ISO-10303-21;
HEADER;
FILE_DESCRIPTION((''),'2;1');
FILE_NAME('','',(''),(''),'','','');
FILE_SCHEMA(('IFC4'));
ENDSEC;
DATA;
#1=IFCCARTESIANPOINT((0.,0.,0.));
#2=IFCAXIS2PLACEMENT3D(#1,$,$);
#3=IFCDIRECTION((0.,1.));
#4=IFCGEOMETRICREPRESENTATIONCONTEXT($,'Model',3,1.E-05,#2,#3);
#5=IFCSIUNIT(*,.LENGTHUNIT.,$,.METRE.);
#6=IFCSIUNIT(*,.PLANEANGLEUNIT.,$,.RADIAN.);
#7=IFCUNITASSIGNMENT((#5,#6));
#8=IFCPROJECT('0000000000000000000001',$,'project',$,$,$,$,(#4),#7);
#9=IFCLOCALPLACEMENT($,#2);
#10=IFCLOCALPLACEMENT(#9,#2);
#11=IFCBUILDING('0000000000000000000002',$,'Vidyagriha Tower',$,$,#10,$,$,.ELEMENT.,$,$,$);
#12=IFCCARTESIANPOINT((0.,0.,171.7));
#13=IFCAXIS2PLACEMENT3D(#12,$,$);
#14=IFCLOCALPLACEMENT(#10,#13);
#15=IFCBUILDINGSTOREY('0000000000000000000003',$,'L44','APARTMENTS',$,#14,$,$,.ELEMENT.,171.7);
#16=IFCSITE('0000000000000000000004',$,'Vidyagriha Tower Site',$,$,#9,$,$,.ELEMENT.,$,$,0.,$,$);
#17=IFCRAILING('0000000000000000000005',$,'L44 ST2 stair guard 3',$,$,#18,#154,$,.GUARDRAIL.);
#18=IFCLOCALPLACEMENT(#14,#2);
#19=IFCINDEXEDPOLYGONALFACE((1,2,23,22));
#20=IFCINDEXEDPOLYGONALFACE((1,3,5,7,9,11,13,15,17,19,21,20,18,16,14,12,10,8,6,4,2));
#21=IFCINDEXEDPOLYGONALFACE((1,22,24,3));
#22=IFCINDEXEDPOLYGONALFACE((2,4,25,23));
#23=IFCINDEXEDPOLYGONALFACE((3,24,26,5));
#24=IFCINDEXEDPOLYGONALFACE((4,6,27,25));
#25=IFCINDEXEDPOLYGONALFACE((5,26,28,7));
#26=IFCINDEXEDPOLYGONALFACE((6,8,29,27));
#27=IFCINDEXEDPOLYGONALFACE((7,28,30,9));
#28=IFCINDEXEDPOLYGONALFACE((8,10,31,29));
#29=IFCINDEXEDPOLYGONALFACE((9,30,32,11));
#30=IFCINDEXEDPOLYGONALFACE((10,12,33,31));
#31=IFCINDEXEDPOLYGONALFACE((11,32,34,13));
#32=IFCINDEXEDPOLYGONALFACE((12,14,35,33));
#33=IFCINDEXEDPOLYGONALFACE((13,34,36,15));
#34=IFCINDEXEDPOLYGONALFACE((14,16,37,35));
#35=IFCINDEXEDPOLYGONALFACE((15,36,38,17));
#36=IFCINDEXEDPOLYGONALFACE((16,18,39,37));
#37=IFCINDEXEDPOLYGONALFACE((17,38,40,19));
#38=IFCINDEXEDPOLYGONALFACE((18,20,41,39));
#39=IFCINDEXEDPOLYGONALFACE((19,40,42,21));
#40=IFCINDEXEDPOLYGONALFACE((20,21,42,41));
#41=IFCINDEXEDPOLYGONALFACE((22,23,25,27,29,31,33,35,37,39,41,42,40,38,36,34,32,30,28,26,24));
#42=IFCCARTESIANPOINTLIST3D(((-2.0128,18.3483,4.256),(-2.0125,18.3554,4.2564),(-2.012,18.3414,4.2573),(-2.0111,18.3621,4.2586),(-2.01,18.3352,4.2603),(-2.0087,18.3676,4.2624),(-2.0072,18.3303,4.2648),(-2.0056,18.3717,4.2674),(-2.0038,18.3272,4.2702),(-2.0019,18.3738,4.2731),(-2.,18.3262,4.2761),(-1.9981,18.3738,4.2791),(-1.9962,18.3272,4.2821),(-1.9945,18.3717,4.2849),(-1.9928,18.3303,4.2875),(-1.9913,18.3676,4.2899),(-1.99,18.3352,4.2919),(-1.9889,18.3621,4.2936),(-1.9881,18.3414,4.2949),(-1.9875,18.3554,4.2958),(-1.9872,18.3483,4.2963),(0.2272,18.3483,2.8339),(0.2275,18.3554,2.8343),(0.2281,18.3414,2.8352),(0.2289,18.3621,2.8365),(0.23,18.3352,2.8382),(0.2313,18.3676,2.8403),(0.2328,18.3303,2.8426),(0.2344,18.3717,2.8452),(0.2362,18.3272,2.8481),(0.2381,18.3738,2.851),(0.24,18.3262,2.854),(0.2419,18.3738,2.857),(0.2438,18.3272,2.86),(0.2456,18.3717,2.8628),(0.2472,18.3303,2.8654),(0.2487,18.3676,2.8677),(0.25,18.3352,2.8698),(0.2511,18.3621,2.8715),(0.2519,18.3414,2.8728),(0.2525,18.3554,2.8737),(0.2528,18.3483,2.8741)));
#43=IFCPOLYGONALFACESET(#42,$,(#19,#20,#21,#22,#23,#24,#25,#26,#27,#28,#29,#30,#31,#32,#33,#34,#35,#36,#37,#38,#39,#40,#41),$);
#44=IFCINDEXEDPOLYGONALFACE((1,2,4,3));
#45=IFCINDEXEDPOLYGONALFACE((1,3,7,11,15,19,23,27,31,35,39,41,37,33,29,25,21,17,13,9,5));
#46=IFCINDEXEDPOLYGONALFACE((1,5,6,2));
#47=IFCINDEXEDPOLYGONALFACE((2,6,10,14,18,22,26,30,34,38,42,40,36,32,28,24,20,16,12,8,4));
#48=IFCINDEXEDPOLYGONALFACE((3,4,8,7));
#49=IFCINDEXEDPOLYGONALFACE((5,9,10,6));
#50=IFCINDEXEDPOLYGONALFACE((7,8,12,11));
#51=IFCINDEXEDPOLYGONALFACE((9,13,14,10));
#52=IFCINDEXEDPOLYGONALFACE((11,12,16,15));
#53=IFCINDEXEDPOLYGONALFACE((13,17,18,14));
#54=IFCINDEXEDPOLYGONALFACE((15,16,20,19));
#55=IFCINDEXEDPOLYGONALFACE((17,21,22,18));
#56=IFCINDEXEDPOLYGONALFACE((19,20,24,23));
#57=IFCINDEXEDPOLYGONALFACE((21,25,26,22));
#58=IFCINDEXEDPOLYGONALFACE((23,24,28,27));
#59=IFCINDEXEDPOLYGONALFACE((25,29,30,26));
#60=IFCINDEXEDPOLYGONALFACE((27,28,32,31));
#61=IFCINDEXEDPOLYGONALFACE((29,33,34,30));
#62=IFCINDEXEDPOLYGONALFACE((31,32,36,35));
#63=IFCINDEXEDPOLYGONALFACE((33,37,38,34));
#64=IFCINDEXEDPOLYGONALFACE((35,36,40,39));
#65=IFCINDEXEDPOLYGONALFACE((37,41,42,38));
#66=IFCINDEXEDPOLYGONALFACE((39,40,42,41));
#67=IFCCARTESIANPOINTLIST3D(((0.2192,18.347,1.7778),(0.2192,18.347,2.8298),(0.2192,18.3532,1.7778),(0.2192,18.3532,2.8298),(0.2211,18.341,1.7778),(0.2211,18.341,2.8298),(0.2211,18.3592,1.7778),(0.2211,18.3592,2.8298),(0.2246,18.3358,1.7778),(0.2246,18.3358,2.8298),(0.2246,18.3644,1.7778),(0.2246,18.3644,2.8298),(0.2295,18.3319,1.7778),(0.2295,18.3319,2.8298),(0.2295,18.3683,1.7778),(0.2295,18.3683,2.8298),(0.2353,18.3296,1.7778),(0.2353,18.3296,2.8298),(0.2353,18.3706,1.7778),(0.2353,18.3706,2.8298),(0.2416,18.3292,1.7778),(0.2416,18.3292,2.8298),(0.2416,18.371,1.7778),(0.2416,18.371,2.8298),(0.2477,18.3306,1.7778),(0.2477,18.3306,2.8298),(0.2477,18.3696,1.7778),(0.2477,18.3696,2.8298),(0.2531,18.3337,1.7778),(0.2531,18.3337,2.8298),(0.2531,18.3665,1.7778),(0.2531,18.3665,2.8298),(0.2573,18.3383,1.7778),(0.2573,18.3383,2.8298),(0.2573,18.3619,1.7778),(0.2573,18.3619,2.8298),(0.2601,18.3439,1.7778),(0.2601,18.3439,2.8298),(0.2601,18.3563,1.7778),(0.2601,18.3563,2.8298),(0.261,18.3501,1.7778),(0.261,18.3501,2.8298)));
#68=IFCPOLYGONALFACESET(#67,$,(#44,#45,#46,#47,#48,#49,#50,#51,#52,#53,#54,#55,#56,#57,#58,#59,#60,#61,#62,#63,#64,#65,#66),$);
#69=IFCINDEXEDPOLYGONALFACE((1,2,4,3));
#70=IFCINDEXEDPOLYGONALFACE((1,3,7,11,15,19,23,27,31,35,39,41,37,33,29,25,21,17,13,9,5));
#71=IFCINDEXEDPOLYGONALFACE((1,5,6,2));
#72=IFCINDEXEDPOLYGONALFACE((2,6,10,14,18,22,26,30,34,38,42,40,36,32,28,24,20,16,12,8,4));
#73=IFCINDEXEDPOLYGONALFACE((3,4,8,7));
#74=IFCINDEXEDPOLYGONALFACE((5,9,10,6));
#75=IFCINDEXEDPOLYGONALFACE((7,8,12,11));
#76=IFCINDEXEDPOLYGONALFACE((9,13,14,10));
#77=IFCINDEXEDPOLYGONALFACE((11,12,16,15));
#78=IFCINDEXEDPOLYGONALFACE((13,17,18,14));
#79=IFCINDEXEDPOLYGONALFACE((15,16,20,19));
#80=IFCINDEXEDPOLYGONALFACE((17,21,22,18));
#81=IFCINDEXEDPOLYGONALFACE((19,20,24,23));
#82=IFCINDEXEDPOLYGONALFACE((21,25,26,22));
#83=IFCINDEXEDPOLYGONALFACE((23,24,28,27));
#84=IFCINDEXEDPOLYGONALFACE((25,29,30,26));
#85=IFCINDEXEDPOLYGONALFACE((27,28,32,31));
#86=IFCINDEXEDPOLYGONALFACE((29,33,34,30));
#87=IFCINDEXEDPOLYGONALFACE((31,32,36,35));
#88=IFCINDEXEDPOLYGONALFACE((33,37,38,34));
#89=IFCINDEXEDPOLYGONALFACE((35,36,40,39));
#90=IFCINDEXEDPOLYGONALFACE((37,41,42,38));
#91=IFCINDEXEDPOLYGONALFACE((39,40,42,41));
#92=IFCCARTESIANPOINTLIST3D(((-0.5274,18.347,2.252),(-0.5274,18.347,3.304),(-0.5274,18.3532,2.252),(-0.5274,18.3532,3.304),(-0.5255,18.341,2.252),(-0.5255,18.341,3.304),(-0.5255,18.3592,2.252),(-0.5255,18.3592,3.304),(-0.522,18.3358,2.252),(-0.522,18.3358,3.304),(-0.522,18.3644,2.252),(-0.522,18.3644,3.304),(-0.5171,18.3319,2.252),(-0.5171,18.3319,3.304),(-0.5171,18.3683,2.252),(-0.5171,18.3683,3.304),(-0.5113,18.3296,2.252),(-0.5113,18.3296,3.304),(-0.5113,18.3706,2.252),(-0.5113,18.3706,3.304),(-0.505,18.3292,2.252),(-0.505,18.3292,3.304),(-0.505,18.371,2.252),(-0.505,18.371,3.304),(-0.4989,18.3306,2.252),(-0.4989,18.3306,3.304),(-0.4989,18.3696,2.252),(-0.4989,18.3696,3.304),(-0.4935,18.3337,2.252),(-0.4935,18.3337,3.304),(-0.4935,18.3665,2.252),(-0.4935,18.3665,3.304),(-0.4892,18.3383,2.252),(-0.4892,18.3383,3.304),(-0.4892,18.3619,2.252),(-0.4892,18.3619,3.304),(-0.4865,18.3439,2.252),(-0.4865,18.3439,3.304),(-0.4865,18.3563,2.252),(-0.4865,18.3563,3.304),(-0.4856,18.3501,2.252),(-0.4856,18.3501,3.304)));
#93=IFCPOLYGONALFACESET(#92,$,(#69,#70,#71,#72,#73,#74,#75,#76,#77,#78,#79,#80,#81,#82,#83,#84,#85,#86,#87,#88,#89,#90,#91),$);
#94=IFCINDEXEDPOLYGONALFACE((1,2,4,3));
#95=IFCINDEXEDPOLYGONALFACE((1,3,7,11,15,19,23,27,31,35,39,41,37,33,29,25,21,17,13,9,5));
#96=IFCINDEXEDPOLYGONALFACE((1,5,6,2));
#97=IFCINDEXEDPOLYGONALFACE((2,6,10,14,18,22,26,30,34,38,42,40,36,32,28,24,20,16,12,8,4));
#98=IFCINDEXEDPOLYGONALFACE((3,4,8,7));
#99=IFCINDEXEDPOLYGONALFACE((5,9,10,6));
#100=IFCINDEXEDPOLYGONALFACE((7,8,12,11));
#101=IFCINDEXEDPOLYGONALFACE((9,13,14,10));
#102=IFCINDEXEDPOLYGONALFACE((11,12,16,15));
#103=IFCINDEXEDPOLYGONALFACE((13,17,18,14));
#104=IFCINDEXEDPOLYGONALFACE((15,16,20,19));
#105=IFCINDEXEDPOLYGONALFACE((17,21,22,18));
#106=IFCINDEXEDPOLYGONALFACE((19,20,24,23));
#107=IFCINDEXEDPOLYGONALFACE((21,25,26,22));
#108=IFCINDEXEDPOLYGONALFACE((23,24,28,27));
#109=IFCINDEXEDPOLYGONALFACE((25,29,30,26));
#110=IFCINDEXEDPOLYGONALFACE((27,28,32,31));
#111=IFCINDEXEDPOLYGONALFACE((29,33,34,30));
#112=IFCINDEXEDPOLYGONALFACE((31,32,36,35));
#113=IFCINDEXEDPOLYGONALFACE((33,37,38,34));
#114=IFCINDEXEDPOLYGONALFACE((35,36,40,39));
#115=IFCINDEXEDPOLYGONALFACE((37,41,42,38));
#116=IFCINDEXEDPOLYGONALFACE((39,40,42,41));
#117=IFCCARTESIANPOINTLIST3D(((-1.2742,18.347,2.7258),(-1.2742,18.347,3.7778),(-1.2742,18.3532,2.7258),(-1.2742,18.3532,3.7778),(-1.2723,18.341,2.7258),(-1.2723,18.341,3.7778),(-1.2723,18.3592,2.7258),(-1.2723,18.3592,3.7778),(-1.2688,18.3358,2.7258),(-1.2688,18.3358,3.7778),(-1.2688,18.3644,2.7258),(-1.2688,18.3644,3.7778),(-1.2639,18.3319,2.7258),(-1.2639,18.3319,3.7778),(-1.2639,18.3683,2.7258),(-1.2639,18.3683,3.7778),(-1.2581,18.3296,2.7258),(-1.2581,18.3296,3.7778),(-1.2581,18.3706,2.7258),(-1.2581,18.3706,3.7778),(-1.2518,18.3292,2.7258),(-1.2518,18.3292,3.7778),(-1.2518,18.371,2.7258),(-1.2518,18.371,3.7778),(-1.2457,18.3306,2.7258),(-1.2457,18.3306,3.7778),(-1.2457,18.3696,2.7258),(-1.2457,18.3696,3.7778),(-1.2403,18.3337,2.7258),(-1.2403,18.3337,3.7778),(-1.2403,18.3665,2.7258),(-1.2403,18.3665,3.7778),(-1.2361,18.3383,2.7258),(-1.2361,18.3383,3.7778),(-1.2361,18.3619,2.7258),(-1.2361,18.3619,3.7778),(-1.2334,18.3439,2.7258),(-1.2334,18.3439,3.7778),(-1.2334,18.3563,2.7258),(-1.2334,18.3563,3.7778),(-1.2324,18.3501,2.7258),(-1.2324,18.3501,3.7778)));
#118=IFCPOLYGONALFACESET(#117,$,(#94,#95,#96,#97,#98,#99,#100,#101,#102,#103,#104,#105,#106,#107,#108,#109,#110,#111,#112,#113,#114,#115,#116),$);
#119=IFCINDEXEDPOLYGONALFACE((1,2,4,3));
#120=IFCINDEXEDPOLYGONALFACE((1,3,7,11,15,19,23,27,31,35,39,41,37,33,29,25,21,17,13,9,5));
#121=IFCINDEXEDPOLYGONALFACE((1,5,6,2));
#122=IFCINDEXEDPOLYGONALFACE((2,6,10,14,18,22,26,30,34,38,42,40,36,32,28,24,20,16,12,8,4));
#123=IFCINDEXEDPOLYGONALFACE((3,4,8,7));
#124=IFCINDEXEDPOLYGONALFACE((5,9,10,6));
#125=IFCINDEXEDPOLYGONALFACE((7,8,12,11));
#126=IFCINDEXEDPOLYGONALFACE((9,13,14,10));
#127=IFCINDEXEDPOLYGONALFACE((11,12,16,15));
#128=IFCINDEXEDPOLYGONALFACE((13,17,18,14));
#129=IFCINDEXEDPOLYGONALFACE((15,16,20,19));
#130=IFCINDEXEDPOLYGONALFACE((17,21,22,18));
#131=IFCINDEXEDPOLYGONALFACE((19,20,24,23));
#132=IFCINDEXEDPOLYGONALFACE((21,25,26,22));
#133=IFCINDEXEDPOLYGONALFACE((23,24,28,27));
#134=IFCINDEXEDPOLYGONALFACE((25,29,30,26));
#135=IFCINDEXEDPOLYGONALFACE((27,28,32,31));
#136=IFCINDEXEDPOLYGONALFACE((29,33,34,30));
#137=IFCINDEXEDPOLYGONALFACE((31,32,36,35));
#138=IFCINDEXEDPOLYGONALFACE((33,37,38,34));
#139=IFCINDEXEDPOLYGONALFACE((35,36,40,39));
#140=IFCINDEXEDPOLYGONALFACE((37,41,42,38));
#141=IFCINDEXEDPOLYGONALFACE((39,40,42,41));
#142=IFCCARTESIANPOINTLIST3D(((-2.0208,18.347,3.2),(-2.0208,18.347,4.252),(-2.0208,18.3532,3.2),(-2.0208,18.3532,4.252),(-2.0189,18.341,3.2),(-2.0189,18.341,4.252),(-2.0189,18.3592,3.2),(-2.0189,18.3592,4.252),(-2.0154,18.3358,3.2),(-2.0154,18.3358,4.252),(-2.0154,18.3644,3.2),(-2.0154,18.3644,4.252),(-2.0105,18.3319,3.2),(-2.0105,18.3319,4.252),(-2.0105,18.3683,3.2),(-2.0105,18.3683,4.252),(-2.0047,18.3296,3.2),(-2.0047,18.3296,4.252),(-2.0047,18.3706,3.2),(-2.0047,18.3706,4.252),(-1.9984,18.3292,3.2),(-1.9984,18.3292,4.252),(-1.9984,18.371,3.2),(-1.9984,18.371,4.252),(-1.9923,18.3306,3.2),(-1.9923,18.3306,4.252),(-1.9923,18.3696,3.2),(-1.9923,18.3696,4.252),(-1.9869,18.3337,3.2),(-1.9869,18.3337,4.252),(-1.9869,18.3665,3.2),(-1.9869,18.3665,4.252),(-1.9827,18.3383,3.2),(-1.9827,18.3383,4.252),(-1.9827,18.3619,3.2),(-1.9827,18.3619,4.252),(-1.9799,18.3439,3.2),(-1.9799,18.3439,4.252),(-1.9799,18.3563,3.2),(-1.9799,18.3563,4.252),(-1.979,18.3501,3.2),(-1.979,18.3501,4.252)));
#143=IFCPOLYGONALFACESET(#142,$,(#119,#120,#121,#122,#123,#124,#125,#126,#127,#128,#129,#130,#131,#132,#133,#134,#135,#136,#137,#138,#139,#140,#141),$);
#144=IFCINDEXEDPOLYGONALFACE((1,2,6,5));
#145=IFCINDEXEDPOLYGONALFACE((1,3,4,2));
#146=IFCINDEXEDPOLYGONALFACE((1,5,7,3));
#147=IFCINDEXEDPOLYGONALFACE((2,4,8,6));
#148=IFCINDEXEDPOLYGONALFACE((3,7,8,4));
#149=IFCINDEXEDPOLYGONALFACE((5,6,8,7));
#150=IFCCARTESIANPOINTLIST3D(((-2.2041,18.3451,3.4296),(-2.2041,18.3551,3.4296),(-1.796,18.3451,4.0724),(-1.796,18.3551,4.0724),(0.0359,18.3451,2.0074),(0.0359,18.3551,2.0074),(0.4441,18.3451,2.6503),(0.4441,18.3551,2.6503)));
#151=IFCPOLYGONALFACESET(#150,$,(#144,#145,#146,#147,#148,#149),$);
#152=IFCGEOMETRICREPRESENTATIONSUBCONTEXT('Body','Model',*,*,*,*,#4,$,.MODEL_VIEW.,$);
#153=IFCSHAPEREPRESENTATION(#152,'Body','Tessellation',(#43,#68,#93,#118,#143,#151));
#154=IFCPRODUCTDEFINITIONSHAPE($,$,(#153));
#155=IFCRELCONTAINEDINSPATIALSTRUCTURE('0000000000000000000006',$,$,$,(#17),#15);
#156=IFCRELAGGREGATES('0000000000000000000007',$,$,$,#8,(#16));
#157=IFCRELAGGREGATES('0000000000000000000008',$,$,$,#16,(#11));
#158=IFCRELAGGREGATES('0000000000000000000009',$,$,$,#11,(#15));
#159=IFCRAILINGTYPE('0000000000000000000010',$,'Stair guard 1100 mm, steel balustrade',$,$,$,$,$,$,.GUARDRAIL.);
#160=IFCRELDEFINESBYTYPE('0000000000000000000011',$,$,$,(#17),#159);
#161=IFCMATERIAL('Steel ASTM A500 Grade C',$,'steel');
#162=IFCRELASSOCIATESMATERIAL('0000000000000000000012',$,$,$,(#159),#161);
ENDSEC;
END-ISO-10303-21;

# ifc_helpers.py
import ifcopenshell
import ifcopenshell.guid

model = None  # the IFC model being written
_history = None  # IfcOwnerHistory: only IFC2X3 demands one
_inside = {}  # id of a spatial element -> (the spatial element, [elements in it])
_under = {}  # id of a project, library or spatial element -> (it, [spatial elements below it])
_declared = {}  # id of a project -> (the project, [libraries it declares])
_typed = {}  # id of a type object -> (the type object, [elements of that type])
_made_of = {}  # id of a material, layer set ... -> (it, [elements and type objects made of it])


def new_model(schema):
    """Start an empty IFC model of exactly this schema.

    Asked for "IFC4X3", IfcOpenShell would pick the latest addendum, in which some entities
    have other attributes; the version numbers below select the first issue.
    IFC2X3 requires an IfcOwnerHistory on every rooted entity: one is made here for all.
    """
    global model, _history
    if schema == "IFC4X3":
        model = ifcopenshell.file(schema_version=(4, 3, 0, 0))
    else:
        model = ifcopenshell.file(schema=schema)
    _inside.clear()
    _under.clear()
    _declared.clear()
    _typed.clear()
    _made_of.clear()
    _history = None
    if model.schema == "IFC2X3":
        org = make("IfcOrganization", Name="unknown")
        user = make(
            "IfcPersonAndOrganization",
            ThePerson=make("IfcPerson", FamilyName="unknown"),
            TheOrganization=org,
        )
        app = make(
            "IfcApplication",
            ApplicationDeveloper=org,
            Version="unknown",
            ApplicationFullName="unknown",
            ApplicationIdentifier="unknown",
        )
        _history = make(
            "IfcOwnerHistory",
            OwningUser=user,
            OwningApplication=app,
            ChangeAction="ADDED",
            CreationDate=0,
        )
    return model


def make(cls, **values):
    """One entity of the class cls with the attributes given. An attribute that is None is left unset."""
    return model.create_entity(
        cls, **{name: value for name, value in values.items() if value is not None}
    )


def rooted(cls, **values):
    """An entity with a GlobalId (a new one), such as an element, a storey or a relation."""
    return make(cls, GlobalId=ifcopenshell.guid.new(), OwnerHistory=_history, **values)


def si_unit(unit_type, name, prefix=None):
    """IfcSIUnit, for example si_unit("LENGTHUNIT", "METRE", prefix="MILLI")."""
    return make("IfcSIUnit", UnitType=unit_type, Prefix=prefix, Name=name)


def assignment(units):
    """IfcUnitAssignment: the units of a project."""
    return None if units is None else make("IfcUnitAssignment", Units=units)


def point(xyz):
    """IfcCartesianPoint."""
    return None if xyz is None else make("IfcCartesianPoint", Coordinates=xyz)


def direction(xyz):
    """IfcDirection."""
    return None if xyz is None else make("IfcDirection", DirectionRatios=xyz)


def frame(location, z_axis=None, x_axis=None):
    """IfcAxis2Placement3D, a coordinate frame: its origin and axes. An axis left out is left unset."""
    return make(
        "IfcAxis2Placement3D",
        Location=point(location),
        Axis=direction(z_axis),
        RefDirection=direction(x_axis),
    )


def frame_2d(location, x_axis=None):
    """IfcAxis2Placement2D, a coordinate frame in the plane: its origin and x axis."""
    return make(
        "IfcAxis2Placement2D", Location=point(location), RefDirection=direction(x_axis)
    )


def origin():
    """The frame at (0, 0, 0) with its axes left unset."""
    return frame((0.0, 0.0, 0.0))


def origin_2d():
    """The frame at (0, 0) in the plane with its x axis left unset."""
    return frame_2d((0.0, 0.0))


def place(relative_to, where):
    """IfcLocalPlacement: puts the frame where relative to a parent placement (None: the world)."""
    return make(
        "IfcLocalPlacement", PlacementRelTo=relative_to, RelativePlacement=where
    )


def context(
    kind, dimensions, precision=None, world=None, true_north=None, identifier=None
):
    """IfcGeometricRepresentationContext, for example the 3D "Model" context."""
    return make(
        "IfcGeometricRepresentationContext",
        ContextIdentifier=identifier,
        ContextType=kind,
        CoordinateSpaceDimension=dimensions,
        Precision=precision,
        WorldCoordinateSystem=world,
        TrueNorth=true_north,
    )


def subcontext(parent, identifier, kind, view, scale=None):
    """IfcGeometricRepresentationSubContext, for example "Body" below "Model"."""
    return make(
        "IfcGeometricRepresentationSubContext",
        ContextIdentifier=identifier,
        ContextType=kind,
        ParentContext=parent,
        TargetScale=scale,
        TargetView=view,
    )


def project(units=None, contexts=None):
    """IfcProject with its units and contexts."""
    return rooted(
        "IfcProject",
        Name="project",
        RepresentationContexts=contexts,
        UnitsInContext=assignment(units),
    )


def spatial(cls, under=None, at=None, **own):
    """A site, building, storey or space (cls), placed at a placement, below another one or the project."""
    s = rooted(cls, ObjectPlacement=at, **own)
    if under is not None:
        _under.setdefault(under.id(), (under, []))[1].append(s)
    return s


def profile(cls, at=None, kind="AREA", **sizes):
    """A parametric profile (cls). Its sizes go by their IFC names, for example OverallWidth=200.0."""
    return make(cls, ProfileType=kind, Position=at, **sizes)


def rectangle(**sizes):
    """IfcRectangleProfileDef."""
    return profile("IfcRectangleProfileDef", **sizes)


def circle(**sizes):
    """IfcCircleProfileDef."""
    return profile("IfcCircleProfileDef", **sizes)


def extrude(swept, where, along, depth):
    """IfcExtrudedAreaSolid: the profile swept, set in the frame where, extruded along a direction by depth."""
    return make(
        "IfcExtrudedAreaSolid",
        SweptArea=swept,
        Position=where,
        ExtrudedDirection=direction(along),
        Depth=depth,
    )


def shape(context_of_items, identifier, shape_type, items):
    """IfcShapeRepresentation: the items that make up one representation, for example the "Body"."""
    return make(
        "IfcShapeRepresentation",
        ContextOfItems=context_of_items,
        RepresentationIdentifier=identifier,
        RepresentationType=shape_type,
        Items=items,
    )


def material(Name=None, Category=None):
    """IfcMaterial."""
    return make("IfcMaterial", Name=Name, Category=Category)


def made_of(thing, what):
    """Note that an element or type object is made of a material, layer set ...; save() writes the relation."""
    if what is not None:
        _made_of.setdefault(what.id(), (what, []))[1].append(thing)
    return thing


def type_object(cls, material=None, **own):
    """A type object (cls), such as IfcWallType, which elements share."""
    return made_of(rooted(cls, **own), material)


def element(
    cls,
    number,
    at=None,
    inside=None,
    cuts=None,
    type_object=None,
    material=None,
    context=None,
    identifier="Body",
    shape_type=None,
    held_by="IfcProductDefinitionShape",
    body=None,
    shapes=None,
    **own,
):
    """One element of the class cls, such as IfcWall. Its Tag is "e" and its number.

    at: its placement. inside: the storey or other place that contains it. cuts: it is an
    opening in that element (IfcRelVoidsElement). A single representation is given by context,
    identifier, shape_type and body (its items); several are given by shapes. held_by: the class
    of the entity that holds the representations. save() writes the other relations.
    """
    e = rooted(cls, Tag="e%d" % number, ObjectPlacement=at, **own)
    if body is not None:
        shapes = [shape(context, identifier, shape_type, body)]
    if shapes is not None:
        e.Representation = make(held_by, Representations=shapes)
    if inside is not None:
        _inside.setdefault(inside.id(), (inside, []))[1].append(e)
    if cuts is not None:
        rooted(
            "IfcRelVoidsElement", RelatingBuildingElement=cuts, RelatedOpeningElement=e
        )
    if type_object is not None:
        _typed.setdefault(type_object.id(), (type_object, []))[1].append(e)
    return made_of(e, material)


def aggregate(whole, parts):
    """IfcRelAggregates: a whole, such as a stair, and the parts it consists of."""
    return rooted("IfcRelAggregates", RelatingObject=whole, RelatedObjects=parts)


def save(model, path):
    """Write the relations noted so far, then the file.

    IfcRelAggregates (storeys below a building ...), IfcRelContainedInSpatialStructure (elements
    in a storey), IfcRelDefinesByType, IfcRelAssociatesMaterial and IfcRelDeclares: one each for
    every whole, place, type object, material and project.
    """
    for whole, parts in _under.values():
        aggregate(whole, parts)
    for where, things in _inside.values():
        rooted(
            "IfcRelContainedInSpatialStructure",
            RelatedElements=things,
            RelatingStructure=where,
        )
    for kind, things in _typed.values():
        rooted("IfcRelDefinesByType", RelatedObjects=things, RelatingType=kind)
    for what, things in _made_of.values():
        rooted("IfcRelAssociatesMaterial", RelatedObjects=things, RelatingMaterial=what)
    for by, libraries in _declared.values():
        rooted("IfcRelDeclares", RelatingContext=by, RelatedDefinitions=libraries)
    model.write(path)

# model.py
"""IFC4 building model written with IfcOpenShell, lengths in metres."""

from ifc_helpers import new_model, si_unit, direction, frame, origin, origin_2d, place, context, subcontext, project, spatial, rectangle, circle, extrude, material, type_object, element, save


model = new_model("IFC4")

# Units and contexts
model_context = context("Model", 3, precision=1e-05, world=origin(), true_north=direction((0.0, 1.0)))
body_context = subcontext(model_context, "Body", "Model", "MODEL_VIEW")
ifc_project = project(units=[si_unit("LENGTHUNIT", "METRE"), si_unit("PLANEANGLEUNIT", "RADIAN")], contexts=[model_context])

# Site, building, storey
site_placement = place(None, origin())
site = spatial("IfcSite", under=ifc_project, at=site_placement, Name="Vidyagriha Tower Site", CompositionType="ELEMENT", RefElevation=0.0)
building_placement = place(site_placement, origin())
building = spatial("IfcBuilding", under=site, at=building_placement, Name="Vidyagriha Tower", CompositionType="ELEMENT")
storey_placement = place(building_placement, frame((0.0, 0.0, 171.7)))
storey = spatial("IfcBuildingStorey", under=building, at=storey_placement, Name="L44", Description="APARTMENTS", CompositionType="ELEMENT", Elevation=171.7)

# Railing
ifc_material_1 = material(Name="Steel ASTM A500 Grade C", Category="steel")
railing_type_1 = type_object("IfcRailingType", Name="Stair guard 1100 mm, steel balustrade", PredefinedType="GUARDRAIL", material=ifc_material_1)
railing_1_placement = place(storey_placement, frame((0.24, 18.3501, 1.7778)))
element("IfcRailing", 1, at=railing_1_placement, inside=storey, type_object=railing_type_1, Name="L44 ST2 stair guard 3", PredefinedType="GUARDRAIL", context=body_context, shape_type="SweptSolid", body=[
    extrude(circle(Radius=0.0239, at=origin_2d()), frame((0.0, 0.0, 1.0762), z_axis=(-0.844229, 0.0, 0.535982), x_axis=(0.0, -1.0, 0.0)), (0.0, 0.0, 1.0), 2.6533),
    extrude(circle(Radius=0.021, at=origin_2d()), origin(), (0.0, 0.0, 1.0), 1.052),
    extrude(circle(Radius=0.021, at=origin_2d()), frame((-0.7466, 0.0, 0.4741)), (0.0, 0.0, 1.0), 1.052),
    extrude(circle(Radius=0.021, at=origin_2d()), frame((-1.4934, 0.0, 0.948)), (0.0, 0.0, 1.0), 1.052),
    extrude(circle(Radius=0.021, at=origin_2d()), frame((-2.24, 0.0, 1.4221)), (0.0, 0.0, 1.0), 1.052),
    extrude(rectangle(XDim=0.01, YDim=0.7615, at=origin_2d()), frame((0.0, 0.0, 0.551), z_axis=(-0.844229, 0.0, 0.535982), x_axis=(0.0, -1.0, 0.0)), (0.0, 0.0, 1.0), 2.6533),
])

save(model, "model.ifc")
